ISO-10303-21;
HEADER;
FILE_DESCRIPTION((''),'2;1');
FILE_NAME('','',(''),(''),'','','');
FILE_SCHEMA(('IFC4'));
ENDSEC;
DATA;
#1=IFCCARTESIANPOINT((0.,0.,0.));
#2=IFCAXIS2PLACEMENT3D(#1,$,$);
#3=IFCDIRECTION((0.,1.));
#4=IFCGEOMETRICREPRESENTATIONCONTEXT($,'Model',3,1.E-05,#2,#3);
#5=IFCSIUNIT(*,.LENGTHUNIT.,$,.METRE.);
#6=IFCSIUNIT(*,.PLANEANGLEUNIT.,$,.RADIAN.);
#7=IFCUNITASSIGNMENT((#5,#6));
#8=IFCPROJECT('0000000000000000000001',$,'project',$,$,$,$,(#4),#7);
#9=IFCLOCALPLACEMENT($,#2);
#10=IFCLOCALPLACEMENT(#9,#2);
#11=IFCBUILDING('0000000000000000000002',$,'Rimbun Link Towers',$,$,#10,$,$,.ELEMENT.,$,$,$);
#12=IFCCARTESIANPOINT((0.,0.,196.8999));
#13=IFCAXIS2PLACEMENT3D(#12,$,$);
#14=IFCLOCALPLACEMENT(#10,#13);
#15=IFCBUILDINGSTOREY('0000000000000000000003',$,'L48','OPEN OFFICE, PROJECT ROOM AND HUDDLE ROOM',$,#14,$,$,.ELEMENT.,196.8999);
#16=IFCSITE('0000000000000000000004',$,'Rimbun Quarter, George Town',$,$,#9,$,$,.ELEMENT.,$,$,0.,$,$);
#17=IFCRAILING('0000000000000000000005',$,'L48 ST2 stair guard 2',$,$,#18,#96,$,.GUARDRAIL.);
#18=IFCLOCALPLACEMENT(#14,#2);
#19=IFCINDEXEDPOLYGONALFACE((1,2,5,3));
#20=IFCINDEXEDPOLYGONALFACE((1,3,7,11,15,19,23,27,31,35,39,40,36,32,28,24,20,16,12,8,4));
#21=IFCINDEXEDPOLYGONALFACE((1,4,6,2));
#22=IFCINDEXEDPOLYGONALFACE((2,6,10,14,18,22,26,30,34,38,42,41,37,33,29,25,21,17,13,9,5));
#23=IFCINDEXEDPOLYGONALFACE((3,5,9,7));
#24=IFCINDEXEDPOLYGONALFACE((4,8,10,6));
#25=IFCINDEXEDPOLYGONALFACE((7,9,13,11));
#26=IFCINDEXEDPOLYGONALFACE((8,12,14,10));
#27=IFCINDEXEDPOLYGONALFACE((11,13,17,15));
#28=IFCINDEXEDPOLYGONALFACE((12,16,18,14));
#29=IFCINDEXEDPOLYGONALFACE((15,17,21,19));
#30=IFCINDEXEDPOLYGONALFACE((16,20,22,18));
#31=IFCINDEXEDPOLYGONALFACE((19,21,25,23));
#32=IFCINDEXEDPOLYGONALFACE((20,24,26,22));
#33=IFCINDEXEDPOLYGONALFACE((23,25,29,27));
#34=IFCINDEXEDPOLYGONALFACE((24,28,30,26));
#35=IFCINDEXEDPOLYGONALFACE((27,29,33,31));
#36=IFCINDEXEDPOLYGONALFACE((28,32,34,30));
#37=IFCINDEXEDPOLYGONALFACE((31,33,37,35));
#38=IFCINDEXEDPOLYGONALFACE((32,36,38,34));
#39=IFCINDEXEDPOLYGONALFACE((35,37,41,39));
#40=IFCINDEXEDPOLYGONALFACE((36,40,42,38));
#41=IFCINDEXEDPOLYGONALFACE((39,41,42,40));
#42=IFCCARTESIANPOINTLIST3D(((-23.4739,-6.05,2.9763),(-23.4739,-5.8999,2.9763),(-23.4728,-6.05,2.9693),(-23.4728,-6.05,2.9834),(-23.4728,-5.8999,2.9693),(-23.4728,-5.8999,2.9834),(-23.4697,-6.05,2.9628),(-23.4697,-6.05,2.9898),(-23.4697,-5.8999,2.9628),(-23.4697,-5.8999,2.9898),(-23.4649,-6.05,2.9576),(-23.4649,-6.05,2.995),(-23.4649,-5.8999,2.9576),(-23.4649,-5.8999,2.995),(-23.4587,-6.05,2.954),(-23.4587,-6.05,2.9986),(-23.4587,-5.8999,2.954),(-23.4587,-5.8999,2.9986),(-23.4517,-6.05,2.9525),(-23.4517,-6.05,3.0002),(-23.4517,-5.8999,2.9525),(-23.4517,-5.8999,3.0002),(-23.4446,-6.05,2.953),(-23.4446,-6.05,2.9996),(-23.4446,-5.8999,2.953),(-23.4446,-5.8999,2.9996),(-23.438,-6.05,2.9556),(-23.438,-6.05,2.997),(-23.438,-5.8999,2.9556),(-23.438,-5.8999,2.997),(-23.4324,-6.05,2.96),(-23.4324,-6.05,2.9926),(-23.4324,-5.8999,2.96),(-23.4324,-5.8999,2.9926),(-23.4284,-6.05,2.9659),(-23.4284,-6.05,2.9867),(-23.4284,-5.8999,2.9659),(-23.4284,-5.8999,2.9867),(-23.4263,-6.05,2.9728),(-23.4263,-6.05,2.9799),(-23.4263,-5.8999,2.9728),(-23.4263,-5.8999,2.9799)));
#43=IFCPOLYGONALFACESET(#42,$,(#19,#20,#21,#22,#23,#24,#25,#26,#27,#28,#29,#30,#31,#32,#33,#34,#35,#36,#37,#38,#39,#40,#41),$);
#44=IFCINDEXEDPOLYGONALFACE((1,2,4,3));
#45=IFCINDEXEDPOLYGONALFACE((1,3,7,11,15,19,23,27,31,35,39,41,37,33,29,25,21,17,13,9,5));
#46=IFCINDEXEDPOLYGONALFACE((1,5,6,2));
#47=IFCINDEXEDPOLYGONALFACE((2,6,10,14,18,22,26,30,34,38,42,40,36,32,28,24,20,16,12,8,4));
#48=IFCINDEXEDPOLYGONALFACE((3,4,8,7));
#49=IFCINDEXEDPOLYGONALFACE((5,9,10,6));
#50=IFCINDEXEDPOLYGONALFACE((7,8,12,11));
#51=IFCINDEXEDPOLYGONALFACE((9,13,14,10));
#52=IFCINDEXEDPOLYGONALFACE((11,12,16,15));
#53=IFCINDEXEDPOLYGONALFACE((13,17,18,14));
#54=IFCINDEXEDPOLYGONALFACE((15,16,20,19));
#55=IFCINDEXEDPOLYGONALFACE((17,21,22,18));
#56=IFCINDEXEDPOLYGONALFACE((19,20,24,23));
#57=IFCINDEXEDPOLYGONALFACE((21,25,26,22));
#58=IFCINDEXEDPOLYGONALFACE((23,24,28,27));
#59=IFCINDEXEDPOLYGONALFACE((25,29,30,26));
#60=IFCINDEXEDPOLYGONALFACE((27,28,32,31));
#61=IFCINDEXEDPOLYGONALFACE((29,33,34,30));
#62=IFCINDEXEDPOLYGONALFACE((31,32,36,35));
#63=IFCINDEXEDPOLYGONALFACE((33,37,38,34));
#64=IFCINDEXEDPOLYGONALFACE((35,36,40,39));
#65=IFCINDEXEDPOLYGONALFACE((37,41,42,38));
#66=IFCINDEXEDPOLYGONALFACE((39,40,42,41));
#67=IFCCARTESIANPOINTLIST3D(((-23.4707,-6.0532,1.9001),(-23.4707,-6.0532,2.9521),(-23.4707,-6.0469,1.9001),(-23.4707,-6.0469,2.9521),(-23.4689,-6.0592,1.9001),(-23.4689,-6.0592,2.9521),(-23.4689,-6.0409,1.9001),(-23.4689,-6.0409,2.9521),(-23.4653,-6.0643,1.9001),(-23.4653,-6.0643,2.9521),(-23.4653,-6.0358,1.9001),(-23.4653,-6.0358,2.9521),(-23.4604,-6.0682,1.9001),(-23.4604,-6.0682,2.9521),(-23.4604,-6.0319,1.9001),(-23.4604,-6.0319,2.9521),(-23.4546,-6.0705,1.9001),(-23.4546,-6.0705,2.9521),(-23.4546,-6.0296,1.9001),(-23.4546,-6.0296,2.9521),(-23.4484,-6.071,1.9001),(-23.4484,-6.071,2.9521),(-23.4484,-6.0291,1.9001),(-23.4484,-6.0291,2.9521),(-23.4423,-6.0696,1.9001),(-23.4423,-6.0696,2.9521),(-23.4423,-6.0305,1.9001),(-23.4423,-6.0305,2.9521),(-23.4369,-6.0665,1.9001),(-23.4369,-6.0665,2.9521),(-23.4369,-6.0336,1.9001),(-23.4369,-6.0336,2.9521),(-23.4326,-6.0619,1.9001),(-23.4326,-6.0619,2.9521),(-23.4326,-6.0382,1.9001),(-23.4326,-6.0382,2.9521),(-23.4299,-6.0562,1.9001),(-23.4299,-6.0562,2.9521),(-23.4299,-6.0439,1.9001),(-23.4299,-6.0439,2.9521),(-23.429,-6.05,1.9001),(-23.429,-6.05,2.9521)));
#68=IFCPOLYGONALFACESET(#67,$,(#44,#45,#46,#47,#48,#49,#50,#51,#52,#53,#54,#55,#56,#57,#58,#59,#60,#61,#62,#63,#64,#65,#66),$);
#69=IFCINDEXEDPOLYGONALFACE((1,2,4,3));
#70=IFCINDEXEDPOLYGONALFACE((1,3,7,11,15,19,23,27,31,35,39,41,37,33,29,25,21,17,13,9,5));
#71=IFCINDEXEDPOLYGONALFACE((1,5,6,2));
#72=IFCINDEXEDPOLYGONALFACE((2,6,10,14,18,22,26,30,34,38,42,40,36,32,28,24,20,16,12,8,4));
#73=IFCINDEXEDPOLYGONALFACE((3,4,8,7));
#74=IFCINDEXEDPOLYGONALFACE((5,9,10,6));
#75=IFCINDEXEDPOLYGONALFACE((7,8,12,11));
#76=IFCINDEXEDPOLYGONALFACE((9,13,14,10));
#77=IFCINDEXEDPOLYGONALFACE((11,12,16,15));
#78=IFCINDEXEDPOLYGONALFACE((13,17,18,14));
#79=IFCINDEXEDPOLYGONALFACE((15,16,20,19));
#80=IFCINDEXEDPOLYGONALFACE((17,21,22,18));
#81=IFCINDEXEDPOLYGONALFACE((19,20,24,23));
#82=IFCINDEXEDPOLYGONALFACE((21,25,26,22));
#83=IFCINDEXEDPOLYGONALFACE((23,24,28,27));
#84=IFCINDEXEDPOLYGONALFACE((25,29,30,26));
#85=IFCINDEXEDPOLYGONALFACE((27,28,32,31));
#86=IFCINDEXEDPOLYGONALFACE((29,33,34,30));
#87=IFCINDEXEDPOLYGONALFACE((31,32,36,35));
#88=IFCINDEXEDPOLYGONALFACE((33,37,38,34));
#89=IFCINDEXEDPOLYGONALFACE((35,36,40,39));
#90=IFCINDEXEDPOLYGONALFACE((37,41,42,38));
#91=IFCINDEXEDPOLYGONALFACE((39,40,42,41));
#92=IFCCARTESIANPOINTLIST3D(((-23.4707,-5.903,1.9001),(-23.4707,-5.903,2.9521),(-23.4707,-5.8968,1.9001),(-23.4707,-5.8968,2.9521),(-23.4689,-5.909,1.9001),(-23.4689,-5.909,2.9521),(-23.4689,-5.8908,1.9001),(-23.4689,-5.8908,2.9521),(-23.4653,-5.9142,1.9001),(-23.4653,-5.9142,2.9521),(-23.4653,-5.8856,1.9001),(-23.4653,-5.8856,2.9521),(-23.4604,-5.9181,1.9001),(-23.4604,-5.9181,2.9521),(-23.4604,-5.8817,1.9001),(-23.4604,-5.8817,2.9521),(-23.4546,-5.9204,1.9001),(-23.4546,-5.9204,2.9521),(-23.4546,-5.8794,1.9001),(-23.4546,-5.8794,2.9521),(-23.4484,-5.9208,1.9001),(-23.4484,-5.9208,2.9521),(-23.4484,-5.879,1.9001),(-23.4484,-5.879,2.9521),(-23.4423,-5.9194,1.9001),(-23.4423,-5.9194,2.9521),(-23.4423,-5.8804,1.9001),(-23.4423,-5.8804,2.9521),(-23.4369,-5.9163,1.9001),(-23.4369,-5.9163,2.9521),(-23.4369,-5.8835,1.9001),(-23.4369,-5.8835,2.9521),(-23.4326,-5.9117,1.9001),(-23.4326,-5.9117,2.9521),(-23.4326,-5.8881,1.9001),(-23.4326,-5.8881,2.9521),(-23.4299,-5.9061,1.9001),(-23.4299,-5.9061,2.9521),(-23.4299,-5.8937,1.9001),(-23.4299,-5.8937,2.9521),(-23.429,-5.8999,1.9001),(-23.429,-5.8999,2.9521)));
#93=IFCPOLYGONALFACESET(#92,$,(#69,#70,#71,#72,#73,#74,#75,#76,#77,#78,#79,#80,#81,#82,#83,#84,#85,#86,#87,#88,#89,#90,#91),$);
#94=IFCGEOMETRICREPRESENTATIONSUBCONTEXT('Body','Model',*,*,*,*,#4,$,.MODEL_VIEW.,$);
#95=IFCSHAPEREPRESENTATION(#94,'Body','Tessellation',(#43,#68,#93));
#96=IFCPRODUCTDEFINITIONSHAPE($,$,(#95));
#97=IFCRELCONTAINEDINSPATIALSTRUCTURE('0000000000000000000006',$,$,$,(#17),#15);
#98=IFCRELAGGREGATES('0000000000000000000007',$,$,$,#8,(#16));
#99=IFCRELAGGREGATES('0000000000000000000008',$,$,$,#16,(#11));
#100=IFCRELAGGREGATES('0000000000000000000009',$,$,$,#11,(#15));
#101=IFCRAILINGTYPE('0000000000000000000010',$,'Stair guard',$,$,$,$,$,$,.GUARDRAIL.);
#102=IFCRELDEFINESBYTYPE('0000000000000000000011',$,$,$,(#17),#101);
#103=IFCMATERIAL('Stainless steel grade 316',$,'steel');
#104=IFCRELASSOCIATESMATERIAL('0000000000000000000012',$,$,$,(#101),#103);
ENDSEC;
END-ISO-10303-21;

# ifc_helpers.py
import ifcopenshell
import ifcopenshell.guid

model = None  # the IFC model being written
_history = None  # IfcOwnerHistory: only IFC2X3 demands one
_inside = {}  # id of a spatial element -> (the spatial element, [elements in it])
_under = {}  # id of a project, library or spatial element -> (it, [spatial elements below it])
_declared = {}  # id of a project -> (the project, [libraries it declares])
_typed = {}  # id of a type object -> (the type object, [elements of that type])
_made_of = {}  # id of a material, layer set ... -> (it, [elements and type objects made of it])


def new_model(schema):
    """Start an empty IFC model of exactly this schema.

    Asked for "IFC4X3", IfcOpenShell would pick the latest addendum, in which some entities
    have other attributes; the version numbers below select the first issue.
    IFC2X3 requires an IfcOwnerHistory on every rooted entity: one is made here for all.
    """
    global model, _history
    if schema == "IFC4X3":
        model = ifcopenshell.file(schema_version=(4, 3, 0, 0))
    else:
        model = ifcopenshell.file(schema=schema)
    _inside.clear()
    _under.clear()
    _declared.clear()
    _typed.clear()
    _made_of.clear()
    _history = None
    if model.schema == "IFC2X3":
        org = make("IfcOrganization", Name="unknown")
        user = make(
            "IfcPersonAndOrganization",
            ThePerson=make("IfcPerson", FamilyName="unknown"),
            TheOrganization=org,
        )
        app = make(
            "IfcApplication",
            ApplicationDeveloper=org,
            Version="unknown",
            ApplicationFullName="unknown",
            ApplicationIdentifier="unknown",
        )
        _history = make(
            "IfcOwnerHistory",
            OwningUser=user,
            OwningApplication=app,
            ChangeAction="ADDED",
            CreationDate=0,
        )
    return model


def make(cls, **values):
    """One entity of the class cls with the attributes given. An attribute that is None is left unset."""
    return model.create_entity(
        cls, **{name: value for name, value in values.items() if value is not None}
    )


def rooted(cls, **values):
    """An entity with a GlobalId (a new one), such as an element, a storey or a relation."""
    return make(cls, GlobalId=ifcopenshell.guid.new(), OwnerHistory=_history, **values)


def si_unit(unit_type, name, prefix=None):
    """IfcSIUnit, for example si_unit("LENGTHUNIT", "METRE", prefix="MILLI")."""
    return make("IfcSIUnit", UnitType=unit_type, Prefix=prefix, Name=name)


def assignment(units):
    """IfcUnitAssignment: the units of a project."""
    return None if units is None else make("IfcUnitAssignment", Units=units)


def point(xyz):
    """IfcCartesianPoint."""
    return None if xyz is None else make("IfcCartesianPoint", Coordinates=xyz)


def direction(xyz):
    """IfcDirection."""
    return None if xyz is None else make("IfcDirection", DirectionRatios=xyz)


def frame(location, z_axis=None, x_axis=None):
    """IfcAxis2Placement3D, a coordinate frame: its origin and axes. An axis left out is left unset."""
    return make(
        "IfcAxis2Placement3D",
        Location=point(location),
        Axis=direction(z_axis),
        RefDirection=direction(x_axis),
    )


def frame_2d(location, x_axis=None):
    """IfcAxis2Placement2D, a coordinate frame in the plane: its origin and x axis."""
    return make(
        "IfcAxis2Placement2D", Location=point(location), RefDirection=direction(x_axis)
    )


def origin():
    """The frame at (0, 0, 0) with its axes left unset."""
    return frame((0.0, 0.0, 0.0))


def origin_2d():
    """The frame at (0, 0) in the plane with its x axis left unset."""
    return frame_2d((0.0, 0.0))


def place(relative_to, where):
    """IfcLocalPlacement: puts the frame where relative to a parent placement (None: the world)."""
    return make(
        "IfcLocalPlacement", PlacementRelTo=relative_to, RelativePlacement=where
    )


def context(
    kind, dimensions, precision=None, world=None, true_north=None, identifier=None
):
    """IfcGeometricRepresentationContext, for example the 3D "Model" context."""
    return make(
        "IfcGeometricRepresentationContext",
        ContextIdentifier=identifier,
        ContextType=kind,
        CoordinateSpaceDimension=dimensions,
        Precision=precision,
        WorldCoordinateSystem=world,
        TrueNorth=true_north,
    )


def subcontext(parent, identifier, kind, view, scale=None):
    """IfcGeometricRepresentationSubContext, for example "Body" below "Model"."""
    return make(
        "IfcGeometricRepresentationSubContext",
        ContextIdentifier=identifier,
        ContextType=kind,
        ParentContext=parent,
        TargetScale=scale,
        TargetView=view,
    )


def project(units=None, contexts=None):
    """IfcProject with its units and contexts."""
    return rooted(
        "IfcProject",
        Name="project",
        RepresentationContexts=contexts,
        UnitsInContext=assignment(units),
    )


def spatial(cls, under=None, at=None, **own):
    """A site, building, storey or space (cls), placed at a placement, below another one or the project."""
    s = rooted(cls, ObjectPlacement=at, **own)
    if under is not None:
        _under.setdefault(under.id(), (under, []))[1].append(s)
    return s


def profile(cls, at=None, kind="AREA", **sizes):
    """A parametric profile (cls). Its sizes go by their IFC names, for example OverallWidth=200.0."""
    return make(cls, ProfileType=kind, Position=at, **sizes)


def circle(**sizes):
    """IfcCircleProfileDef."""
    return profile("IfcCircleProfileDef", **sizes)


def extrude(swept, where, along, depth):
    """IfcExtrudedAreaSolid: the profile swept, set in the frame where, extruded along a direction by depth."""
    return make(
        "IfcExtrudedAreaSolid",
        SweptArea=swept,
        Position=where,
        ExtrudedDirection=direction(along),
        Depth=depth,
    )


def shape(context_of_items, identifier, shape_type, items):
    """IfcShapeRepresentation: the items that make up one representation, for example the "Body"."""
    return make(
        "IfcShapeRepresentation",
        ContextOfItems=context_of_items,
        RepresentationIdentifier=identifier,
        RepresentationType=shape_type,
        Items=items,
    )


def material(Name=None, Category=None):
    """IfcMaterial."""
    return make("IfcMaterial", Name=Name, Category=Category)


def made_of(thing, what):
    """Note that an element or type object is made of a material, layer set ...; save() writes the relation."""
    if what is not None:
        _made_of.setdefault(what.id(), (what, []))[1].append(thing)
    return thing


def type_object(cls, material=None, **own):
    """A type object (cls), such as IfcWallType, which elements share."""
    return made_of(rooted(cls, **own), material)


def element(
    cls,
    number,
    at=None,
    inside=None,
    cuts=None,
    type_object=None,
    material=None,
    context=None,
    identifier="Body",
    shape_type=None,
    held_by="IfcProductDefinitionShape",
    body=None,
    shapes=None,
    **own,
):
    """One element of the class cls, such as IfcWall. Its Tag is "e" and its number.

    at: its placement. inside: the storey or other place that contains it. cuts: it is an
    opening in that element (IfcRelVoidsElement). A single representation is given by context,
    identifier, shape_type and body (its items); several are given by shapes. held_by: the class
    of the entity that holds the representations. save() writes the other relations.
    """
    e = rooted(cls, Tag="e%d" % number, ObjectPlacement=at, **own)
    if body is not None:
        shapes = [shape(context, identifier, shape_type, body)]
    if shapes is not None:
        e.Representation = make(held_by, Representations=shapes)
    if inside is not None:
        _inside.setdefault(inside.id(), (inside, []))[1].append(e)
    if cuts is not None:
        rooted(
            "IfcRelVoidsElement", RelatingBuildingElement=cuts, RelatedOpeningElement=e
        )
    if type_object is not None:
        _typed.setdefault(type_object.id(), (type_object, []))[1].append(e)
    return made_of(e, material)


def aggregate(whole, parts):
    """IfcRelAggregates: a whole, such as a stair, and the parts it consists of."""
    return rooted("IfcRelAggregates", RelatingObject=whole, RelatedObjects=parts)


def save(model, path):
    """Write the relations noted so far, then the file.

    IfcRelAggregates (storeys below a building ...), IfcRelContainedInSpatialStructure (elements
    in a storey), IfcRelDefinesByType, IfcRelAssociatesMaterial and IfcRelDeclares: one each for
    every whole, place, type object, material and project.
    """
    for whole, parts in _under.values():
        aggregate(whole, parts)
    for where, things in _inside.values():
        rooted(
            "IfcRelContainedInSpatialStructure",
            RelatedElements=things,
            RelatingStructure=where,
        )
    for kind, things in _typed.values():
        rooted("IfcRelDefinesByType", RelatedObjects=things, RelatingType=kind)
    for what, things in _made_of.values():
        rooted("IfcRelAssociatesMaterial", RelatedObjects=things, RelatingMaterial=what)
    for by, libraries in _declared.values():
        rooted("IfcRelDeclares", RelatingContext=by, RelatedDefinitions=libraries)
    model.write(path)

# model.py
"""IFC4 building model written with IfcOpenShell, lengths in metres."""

from ifc_helpers import new_model, si_unit, direction, frame, origin, origin_2d, place, context, subcontext, project, spatial, circle, extrude, material, type_object, element, save


model = new_model("IFC4")

# Units and contexts
model_context = context("Model", 3, precision=1e-05, world=origin(), true_north=direction((0.0, 1.0)))
body_context = subcontext(model_context, "Body", "Model", "MODEL_VIEW")
ifc_project = project(units=[si_unit("LENGTHUNIT", "METRE"), si_unit("PLANEANGLEUNIT", "RADIAN")], contexts=[model_context])

# Site, building, storey
site_placement = place(None, origin())
site = spatial("IfcSite", under=ifc_project, at=site_placement, Name="Rimbun Quarter, George Town", CompositionType="ELEMENT", RefElevation=0.0)
building_placement = place(site_placement, origin())
building = spatial("IfcBuilding", under=site, at=building_placement, Name="Rimbun Link Towers", CompositionType="ELEMENT")
storey_placement = place(building_placement, frame((0.0, 0.0, 196.8999)))
storey = spatial("IfcBuildingStorey", under=building, at=storey_placement, Name="L48", Description="OPEN OFFICE, PROJECT ROOM AND HUDDLE ROOM", CompositionType="ELEMENT", Elevation=196.8999)

# Railing
ifc_material_1 = material(Name="Stainless steel grade 316", Category="steel")
railing_type_1 = type_object("IfcRailingType", Name="Stair guard", PredefinedType="GUARDRAIL", material=ifc_material_1)
railing_1_placement = place(storey_placement, frame((-23.45, -6.05, 1.9001)))
element("IfcRailing", 1, at=railing_1_placement, inside=storey, type_object=railing_type_1, Name="L48 ST2 stair guard 2", PredefinedType="GUARDRAIL", context=body_context, shape_type="SweptSolid", body=[
    extrude(circle(Radius=0.0239, at=origin_2d()), frame((0.0, 0.0, 1.0762), z_axis=(0.0, 1.0, 0.0), x_axis=(-1.0, 0.0, 0.0)), (0.0, 0.0, 1.0), 0.1501),
    extrude(circle(Radius=0.021, at=origin_2d()), origin(), (0.0, 0.0, 1.0), 1.052),
    extrude(circle(Radius=0.021, at=origin_2d()), frame((0.0, 0.1501, 0.0)), (0.0, 0.0, 1.0), 1.052),
])

save(model, "model.ifc")
